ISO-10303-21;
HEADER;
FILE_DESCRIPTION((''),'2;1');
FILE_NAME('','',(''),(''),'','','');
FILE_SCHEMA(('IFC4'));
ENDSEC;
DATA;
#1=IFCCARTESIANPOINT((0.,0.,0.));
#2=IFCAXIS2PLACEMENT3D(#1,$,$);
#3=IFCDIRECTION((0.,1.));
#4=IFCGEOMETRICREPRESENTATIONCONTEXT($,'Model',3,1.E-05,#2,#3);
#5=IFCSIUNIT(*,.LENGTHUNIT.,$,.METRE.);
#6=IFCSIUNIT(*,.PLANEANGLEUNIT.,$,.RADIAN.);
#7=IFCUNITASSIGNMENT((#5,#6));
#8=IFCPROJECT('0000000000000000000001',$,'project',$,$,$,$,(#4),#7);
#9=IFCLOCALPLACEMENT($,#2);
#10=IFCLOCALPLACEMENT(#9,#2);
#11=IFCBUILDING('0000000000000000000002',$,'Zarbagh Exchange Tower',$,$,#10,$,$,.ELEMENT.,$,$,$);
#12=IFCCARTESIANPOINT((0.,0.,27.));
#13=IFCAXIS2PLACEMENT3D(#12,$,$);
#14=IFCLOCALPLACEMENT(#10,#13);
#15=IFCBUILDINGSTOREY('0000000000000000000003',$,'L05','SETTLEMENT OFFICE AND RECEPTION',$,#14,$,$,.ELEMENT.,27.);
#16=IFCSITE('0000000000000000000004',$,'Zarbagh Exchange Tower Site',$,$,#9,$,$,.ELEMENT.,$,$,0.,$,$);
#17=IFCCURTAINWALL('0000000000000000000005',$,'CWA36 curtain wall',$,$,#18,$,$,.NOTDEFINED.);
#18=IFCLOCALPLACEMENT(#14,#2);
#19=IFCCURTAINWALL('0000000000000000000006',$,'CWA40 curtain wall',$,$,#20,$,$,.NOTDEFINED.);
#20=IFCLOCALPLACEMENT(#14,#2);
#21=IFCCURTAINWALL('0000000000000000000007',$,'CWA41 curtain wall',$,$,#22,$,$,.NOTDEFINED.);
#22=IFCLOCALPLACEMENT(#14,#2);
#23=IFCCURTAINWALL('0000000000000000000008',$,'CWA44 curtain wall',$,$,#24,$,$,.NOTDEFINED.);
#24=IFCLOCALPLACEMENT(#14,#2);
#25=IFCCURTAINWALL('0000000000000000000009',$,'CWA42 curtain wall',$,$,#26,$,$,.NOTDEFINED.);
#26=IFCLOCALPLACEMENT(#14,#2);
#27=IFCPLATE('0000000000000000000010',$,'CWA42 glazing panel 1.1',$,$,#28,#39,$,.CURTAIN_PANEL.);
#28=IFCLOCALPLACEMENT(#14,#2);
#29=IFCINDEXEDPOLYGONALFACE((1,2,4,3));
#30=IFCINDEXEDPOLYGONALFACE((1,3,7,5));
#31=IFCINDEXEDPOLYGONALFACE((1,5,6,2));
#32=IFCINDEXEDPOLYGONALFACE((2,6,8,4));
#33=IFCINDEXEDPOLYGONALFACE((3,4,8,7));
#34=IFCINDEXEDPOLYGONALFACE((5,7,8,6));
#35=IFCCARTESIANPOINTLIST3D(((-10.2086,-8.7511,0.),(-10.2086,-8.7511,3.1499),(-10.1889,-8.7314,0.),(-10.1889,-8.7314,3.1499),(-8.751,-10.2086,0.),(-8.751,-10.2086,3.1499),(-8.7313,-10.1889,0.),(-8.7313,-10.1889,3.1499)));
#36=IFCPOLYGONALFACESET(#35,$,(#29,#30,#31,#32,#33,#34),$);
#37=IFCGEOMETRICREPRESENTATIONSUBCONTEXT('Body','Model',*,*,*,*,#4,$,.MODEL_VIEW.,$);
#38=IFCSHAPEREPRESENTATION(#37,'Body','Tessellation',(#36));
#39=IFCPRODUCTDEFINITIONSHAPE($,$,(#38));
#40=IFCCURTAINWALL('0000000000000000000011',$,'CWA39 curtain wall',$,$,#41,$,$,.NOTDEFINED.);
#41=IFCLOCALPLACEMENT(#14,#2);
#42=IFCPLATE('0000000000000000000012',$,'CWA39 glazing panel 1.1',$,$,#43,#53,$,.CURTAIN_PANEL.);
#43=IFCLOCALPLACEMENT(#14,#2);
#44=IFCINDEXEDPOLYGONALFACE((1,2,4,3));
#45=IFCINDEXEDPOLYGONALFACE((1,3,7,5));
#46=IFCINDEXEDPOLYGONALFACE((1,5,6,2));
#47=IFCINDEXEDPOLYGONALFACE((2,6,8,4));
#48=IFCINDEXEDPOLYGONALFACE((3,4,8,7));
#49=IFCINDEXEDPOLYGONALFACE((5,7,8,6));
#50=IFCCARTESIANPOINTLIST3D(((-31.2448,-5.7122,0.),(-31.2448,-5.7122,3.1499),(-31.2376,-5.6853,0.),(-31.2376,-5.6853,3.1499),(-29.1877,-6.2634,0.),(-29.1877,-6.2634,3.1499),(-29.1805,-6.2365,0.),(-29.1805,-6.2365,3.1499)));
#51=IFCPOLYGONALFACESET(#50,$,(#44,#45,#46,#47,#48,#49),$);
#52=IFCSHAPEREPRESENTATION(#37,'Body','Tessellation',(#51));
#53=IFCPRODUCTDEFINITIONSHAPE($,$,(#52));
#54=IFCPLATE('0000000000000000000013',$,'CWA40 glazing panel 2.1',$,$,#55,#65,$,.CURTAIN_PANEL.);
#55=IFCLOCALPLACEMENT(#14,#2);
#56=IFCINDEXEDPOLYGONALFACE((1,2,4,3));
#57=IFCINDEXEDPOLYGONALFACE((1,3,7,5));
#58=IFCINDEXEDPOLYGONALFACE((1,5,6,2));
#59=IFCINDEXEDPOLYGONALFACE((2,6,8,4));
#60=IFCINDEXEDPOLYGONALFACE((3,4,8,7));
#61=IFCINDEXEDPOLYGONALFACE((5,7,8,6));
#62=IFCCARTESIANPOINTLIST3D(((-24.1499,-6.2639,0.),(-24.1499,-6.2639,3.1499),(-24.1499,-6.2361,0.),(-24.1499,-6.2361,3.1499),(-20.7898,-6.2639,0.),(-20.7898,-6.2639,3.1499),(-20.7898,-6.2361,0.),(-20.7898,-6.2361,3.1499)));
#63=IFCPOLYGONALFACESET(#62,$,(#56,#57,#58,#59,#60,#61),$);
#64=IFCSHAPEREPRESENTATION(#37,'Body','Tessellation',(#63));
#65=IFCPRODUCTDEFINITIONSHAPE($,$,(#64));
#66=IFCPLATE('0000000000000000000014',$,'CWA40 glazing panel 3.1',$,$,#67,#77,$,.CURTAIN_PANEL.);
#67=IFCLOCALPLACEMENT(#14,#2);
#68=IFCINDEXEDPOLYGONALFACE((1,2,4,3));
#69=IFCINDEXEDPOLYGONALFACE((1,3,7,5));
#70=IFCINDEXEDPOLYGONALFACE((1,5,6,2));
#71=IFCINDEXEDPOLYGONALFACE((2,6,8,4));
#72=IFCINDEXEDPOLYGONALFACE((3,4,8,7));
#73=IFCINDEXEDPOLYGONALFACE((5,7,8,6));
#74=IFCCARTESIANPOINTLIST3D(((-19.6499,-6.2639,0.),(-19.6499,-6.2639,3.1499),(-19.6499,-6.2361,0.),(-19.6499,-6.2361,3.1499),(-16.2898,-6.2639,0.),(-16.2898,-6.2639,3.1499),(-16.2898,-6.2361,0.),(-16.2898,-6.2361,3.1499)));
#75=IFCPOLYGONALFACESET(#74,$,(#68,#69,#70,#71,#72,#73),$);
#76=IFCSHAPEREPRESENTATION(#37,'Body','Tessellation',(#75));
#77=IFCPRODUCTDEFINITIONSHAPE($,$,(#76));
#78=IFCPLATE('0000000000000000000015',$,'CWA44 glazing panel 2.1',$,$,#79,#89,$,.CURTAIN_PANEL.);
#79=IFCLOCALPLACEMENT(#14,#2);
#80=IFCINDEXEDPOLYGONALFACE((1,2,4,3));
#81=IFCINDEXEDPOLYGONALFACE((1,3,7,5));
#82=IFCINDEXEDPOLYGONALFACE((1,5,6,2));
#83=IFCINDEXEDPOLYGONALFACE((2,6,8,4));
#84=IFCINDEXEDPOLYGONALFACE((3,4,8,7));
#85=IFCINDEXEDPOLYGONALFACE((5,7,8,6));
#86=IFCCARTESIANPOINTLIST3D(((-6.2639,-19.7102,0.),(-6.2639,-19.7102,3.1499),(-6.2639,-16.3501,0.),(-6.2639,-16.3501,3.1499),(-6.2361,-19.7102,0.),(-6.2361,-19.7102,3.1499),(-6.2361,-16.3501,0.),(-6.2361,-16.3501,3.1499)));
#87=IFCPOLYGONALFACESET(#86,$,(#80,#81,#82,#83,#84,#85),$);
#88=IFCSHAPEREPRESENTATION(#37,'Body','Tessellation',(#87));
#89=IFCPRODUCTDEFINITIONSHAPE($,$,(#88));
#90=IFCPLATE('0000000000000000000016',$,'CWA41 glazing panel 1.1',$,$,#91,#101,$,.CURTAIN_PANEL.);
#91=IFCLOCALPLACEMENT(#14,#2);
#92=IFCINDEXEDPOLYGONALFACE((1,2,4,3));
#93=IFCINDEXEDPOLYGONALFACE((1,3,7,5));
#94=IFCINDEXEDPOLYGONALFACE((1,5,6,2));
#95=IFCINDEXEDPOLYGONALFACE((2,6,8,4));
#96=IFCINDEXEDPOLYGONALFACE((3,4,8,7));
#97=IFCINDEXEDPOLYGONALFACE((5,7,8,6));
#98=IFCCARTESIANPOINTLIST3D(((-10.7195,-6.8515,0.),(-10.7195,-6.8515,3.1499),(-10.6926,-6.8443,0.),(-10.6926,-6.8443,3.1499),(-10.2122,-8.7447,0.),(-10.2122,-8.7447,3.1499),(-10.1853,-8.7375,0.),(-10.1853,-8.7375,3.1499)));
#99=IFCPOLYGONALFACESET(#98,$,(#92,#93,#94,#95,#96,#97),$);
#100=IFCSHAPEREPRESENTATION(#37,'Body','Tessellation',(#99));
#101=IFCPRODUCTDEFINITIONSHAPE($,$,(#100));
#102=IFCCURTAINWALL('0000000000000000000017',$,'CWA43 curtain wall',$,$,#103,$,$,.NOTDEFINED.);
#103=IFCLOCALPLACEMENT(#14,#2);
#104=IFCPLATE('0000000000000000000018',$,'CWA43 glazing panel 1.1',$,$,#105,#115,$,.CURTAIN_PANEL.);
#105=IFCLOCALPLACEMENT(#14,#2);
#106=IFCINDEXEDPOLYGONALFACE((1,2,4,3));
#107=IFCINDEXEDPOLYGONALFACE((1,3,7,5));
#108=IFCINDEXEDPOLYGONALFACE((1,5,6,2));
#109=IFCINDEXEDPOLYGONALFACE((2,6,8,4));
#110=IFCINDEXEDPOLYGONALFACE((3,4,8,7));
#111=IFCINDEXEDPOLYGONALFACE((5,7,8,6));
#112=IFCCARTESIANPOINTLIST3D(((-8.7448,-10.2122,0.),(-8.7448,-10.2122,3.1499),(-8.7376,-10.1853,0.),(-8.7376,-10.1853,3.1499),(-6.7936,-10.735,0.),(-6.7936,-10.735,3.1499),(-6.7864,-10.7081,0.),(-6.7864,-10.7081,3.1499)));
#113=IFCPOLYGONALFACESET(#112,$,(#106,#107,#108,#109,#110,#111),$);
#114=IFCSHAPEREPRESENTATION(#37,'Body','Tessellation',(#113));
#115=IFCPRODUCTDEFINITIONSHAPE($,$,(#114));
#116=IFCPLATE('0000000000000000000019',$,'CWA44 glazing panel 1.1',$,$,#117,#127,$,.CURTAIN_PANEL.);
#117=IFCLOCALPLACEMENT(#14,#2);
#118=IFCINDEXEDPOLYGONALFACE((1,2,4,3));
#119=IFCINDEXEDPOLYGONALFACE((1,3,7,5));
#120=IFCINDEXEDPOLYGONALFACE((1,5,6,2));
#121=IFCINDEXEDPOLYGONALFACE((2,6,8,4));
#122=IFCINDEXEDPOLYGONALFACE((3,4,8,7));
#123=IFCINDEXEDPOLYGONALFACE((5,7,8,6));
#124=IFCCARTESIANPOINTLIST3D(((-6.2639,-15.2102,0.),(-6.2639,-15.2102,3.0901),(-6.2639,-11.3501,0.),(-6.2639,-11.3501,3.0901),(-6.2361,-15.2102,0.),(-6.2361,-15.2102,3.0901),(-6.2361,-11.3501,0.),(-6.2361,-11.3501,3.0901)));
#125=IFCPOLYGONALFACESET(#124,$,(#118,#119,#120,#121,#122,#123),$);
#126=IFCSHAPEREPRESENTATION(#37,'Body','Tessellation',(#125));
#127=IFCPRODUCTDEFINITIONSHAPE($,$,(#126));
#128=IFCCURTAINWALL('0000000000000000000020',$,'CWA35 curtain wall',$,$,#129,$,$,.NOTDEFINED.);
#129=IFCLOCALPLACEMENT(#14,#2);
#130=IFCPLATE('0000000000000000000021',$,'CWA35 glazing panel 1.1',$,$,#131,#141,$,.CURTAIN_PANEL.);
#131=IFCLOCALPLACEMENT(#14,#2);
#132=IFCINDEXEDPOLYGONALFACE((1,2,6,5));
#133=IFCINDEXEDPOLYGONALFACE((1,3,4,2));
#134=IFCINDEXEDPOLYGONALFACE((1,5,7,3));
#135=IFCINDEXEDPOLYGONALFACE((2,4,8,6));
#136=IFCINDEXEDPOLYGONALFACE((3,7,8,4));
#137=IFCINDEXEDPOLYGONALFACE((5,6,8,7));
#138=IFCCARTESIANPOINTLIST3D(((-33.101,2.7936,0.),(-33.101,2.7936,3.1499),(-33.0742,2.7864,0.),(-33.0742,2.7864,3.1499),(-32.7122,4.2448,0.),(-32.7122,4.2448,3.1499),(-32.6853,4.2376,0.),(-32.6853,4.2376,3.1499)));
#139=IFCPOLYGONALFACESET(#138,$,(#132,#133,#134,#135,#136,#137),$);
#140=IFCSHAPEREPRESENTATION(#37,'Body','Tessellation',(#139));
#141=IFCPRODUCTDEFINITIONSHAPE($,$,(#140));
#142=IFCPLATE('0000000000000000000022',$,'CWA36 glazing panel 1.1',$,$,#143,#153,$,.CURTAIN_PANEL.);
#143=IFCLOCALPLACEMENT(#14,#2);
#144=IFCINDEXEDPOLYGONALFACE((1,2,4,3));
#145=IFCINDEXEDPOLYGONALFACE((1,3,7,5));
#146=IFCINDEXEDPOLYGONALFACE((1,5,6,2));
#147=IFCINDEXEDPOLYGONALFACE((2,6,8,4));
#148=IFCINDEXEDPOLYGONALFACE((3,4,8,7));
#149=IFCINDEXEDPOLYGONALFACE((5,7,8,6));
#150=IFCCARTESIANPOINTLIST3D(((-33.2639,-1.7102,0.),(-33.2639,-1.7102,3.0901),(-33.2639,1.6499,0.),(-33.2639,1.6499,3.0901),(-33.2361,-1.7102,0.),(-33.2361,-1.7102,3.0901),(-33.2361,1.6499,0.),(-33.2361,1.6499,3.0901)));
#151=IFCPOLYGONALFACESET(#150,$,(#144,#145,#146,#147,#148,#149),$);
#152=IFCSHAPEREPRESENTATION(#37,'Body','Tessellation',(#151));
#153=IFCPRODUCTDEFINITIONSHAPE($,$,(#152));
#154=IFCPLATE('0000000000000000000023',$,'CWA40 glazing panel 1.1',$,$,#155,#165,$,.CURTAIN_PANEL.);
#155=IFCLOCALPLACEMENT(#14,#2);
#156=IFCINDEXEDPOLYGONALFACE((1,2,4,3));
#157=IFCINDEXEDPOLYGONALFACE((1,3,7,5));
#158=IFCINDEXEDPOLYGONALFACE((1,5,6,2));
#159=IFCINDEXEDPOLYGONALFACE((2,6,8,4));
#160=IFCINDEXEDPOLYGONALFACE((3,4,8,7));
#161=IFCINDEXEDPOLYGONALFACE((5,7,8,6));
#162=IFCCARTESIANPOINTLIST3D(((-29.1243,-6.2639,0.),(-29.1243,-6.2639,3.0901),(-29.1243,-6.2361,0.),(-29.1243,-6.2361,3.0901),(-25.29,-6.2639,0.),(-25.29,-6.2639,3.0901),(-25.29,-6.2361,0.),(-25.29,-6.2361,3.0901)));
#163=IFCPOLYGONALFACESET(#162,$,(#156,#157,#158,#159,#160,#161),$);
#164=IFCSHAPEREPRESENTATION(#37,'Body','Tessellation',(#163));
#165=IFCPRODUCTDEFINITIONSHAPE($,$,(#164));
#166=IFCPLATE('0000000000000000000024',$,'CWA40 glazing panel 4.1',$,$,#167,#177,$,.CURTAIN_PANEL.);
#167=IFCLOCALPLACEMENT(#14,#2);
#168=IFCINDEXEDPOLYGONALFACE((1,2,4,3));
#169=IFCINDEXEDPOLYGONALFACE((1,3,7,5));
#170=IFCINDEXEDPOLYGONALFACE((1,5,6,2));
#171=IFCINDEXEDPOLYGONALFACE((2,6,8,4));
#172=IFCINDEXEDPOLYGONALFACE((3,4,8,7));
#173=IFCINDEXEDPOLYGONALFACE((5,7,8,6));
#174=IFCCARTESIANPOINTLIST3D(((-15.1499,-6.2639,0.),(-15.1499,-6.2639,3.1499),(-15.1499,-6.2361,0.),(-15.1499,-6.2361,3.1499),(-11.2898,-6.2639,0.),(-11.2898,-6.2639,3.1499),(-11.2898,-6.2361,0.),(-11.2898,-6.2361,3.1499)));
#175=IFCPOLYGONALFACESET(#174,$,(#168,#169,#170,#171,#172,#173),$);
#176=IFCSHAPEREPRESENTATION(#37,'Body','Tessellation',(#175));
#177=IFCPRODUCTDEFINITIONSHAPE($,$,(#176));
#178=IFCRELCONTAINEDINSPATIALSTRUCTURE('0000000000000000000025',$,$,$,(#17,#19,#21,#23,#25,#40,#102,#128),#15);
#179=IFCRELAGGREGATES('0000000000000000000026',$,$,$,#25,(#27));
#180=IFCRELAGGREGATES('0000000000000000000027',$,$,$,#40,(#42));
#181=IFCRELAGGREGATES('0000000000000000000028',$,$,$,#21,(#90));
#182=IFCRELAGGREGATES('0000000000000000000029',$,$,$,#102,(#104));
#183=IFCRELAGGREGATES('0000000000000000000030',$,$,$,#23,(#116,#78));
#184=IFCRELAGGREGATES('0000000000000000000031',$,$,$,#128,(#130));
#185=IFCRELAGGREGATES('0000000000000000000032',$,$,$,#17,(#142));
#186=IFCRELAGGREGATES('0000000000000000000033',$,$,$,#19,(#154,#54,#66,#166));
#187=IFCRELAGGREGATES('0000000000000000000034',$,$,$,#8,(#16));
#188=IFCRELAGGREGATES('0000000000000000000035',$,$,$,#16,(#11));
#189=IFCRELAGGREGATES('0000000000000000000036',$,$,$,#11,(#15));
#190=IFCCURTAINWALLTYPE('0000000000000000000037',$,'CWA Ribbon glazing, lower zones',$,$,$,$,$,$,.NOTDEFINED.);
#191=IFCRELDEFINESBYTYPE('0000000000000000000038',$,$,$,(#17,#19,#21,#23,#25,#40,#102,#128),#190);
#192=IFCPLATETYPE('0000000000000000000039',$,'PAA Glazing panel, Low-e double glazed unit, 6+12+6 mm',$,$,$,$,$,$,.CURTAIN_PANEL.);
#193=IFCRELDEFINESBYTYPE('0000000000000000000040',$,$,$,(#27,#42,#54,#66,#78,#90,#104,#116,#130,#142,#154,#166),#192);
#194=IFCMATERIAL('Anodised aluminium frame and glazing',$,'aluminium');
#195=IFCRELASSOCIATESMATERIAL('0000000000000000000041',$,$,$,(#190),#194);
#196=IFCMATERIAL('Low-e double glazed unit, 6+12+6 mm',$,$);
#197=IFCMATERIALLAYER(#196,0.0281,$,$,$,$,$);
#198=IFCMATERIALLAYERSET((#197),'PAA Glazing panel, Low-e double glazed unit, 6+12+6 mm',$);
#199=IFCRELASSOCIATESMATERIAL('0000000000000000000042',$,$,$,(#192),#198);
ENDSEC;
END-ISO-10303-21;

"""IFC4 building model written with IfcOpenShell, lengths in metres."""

from ifc_helpers import new_model, si_unit, direction, frame, origin, place, context, subcontext, project, spatial, polyline, outline, extrude, source, transform, mapped, material, layer, layer_set, type_object, element, aggregate, save


model = new_model("IFC4")

# Units and contexts
model_context = context("Model", 3, precision=1e-05, world=origin(), true_north=direction((0.0, 1.0)))
body_context = subcontext(model_context, "Body", "Model", "MODEL_VIEW")
ifc_project = project(units=[si_unit("LENGTHUNIT", "METRE"), si_unit("PLANEANGLEUNIT", "RADIAN")], contexts=[model_context])

# Site, building, storey
site_placement = place(None, origin())
site = spatial("IfcSite", under=ifc_project, at=site_placement, Name="Zarbagh Exchange Tower Site", CompositionType="ELEMENT", RefElevation=0.0)
building_placement = place(site_placement, origin())
building = spatial("IfcBuilding", under=site, at=building_placement, Name="Zarbagh Exchange Tower", CompositionType="ELEMENT")
storey_placement = place(building_placement, frame((0.0, 0.0, 27.0)))
storey = spatial("IfcBuildingStorey", under=building, at=storey_placement, Name="L05", Description="SETTLEMENT OFFICE AND RECEPTION", CompositionType="ELEMENT", Elevation=27.0)

# Curtain wall
ifc_material_1 = material(Name="Anodised aluminium frame and glazing", Category="aluminium")
curtain_wall_type = type_object("IfcCurtainWallType", Name="CWA Ribbon glazing, lower zones", PredefinedType="NOTDEFINED", material=ifc_material_1)
curtain_wall_1_placement = place(storey_placement, origin())
curtain_wall_1 = element("IfcCurtainWall", 1, at=curtain_wall_1_placement, inside=storey, type_object=curtain_wall_type, Name="CWA36 curtain wall", PredefinedType="NOTDEFINED")
placement = place(storey_placement, origin())

# Curtain wall
curtain_wall_2_placement = place(storey_placement, origin())
curtain_wall_2 = element("IfcCurtainWall", 2, at=curtain_wall_2_placement, inside=storey, type_object=curtain_wall_type, Name="CWA40 curtain wall", PredefinedType="NOTDEFINED")

# Curtain wall
curtain_wall_3_placement = place(storey_placement, origin())
curtain_wall_3 = element("IfcCurtainWall", 3, at=curtain_wall_3_placement, inside=storey, type_object=curtain_wall_type, Name="CWA41 curtain wall", PredefinedType="NOTDEFINED")

# Curtain wall
curtain_wall_4_placement = place(storey_placement, origin())
curtain_wall_4 = element("IfcCurtainWall", 4, at=curtain_wall_4_placement, inside=storey, type_object=curtain_wall_type, Name="CWA44 curtain wall", PredefinedType="NOTDEFINED")

# Shared definitions
ifc_material_2 = material(Name="Low-e double glazed unit, 6+12+6 mm")
ifc_layer = layer(ifc_material_2, 0.0281)
ifc_layer_set = layer_set([ifc_layer], Name="PAA Glazing panel, Low-e double glazed unit, 6+12+6 mm")
plate_type = type_object("IfcPlateType", Name="PAA Glazing panel, Low-e double glazed unit, 6+12+6 mm", PredefinedType="CURTAIN_PANEL", material=ifc_layer_set)

# Curtain walls, plates
shared_shape_1 = source(origin(), body_context, "Body", "SweptSolid", [
    extrude(outline(polyline([(0.0, -0.0139), (2.0613, -0.0139), (2.0613, 0.0139), (0.0, 0.0139), (0.0, -0.0139)])), origin(), (0.0, 0.0, 1.0), 3.1499),
])
curtain_wall_5_placement = place(storey_placement, origin())
curtain_wall_5 = element("IfcCurtainWall", 5, at=curtain_wall_5_placement, inside=storey, type_object=curtain_wall_type, Name="CWA42 curtain wall", PredefinedType="NOTDEFINED")
plate_1 = element("IfcPlate", 6, at=placement, type_object=plate_type, Name="CWA42 glazing panel 1.1", PredefinedType="CURTAIN_PANEL", context=body_context, shape_type="MappedRepresentation", body=[
    mapped(shared_shape_1, transform((-10.1987, -8.7412, 0.0), x_axis=(0.707107, -0.707107, 0.0), y_axis=(0.707107, 0.707107, 0.0), z_axis=(0.0, 0.0, 1.0))),
])
aggregate(curtain_wall_5, [plate_1])
curtain_wall_6_placement = place(storey_placement, origin())
curtain_wall_6 = element("IfcCurtainWall", 7, at=curtain_wall_6_placement, inside=storey, type_object=curtain_wall_type, Name="CWA39 curtain wall", PredefinedType="NOTDEFINED")
shared_shape_2 = source(origin(), body_context, "Body", "SweptSolid", [
    extrude(outline(polyline([(0.0, -0.0139), (2.1296, -0.0139), (2.1296, 0.0139), (0.0, 0.0139), (0.0, -0.0139)])), origin(), (0.0, 0.0, 1.0), 3.1499),
])
plate_2 = element("IfcPlate", 8, at=placement, type_object=plate_type, Name="CWA39 glazing panel 1.1", PredefinedType="CURTAIN_PANEL", context=body_context, shape_type="MappedRepresentation", body=[
    mapped(shared_shape_2, transform((-31.2412, -5.6987, 0.0), x_axis=(0.965924, -0.258825, 0.0), y_axis=(0.258825, 0.965924, 0.0), z_axis=(0.0, 0.0, 1.0))),
])
aggregate(curtain_wall_6, [plate_2])

# Plates
shared_shape_3 = source(origin(), body_context, "Body", "SweptSolid", [
    extrude(outline(polyline([(0.0, -0.0139), (3.3601, -0.0139), (3.3601, 0.0139), (0.0, 0.0139), (0.0, -0.0139)])), origin(), (0.0, 0.0, 1.0), 3.1499),
])
plate_3 = element("IfcPlate", 9, at=placement, type_object=plate_type, Name="CWA40 glazing panel 2.1", PredefinedType="CURTAIN_PANEL", context=body_context, shape_type="MappedRepresentation", body=[
    mapped(shared_shape_3, transform((-24.1499, -6.25, 0.0), x_axis=(1.0, 0.0, 0.0), y_axis=(0.0, 1.0, 0.0), z_axis=(0.0, 0.0, 1.0))),
])
plate_4 = element("IfcPlate", 10, at=placement, type_object=plate_type, Name="CWA40 glazing panel 3.1", PredefinedType="CURTAIN_PANEL", context=body_context, shape_type="MappedRepresentation", body=[
    mapped(shared_shape_3, transform((-19.6499, -6.25, 0.0), x_axis=(1.0, 0.0, 0.0), y_axis=(0.0, 1.0, 0.0), z_axis=(0.0, 0.0, 1.0))),
])
plate_5 = element("IfcPlate", 11, at=placement, type_object=plate_type, Name="CWA44 glazing panel 2.1", PredefinedType="CURTAIN_PANEL", context=body_context, shape_type="MappedRepresentation", body=[
    mapped(shared_shape_3, transform((-6.25, -16.3501, 0.0), x_axis=(0.0, -1.0, 0.0), y_axis=(1.0, 0.0, 0.0), z_axis=(0.0, 0.0, 1.0))),
])
shared_shape_4 = source(origin(), body_context, "Body", "SweptSolid", [
    extrude(outline(polyline([(0.0, -0.0139), (1.96, -0.0139), (1.96, 0.0139), (0.0, 0.0139), (0.0, -0.0139)])), origin(), (0.0, 0.0, 1.0), 3.1499),
])
plate_6 = element("IfcPlate", 12, at=placement, type_object=plate_type, Name="CWA41 glazing panel 1.1", PredefinedType="CURTAIN_PANEL", context=body_context, shape_type="MappedRepresentation", body=[
    mapped(shared_shape_4, transform((-10.7061, -6.8479, 0.0), x_axis=(0.258825, -0.965924, 0.0), y_axis=(0.965924, 0.258825, 0.0), z_axis=(0.0, 0.0, 1.0))),
])
aggregate(curtain_wall_3, [plate_6])

# Curtain wall, plate
curtain_wall_7_placement = place(storey_placement, origin())
curtain_wall_7 = element("IfcCurtainWall", 13, at=curtain_wall_7_placement, inside=storey, type_object=curtain_wall_type, Name="CWA43 curtain wall", PredefinedType="NOTDEFINED")
shared_shape_5 = source(origin(), body_context, "Body", "SweptSolid", [
    extrude(outline(polyline([(0.0, -0.0139), (2.02, -0.0139), (2.02, 0.0139), (0.0, 0.0139), (0.0, -0.0139)])), origin(), (0.0, 0.0, 1.0), 3.1499),
])
plate_7 = element("IfcPlate", 14, at=placement, type_object=plate_type, Name="CWA43 glazing panel 1.1", PredefinedType="CURTAIN_PANEL", context=body_context, shape_type="MappedRepresentation", body=[
    mapped(shared_shape_5, transform((-8.7412, -10.1987, 0.0), x_axis=(0.965924, -0.258825, 0.0), y_axis=(0.258825, 0.965924, 0.0), z_axis=(0.0, 0.0, 1.0))),
])
aggregate(curtain_wall_7, [plate_7])

# Plate
shared_shape_6 = source(origin(), body_context, "Body", "SweptSolid", [
    extrude(outline(polyline([(0.0, -0.0139), (3.8601, -0.0139), (3.8601, 0.0139), (0.0, 0.0139), (0.0, -0.0139)])), origin(), (0.0, 0.0, 1.0), 3.0901),
])
plate_8 = element("IfcPlate", 15, at=placement, type_object=plate_type, Name="CWA44 glazing panel 1.1", PredefinedType="CURTAIN_PANEL", context=body_context, shape_type="MappedRepresentation", body=[
    mapped(shared_shape_6, transform((-6.25, -11.3501, 0.0), x_axis=(0.0, -1.0, 0.0), y_axis=(1.0, 0.0, 0.0), z_axis=(0.0, 0.0, 1.0))),
])
aggregate(curtain_wall_4, [plate_8, plate_5])

# Curtain wall, plate
curtain_wall_8_placement = place(storey_placement, origin())
curtain_wall_8 = element("IfcCurtainWall", 16, at=curtain_wall_8_placement, inside=storey, type_object=curtain_wall_type, Name="CWA35 curtain wall", PredefinedType="NOTDEFINED")
shared_shape_7 = source(origin(), body_context, "Body", "SweptSolid", [
    extrude(outline(polyline([(0.0, -0.0139), (1.5024, -0.0139), (1.5024, 0.0139), (0.0, 0.0139), (0.0, -0.0139)])), origin(), (0.0, 0.0, 1.0), 3.1499),
])
plate_9 = element("IfcPlate", 17, at=placement, type_object=plate_type, Name="CWA35 glazing panel 1.1", PredefinedType="CURTAIN_PANEL", context=body_context, shape_type="MappedRepresentation", body=[
    mapped(shared_shape_7, transform((-32.6987, 4.2412, 0.0), x_axis=(-0.258825, -0.965924, 0.0), y_axis=(0.965924, -0.258825, 0.0), z_axis=(0.0, 0.0, 1.0))),
])
aggregate(curtain_wall_8, [plate_9])

# Plates
shared_shape_8 = source(origin(), body_context, "Body", "SweptSolid", [
    extrude(outline(polyline([(0.0, -0.0139), (3.3601, -0.0139), (3.3601, 0.0139), (0.0, 0.0139), (0.0, -0.0139)])), origin(), (0.0, 0.0, 1.0), 3.0901),
])
plate_10 = element("IfcPlate", 18, at=placement, type_object=plate_type, Name="CWA36 glazing panel 1.1", PredefinedType="CURTAIN_PANEL", context=body_context, shape_type="MappedRepresentation", body=[
    mapped(shared_shape_8, transform((-33.25, 1.6499, 0.0), x_axis=(0.0, -1.0, 0.0), y_axis=(1.0, 0.0, 0.0), z_axis=(0.0, 0.0, 1.0))),
])
aggregate(curtain_wall_1, [plate_10])
shared_shape_9 = source(origin(), body_context, "Body", "SweptSolid", [
    extrude(outline(polyline([(0.0, -0.0139), (3.8342, -0.0139), (3.8342, 0.0139), (0.0, 0.0139), (0.0, -0.0139)])), origin(), (0.0, 0.0, 1.0), 3.0901),
])
plate_11 = element("IfcPlate", 19, at=placement, type_object=plate_type, Name="CWA40 glazing panel 1.1", PredefinedType="CURTAIN_PANEL", context=body_context, shape_type="MappedRepresentation", body=[
    mapped(shared_shape_9, transform((-29.1243, -6.25, 0.0), x_axis=(1.0, 0.0, 0.0), y_axis=(0.0, 1.0, 0.0), z_axis=(0.0, 0.0, 1.0))),
])
shared_shape_10 = source(origin(), body_context, "Body", "SweptSolid", [
    extrude(outline(polyline([(0.0, -0.0139), (3.8601, -0.0139), (3.8601, 0.0139), (0.0, 0.0139), (0.0, -0.0139)])), origin(), (0.0, 0.0, 1.0), 3.1499),
])
plate_12 = element("IfcPlate", 20, at=placement, type_object=plate_type, Name="CWA40 glazing panel 4.1", PredefinedType="CURTAIN_PANEL", context=body_context, shape_type="MappedRepresentation", body=[
    mapped(shared_shape_10, transform((-15.1499, -6.25, 0.0), x_axis=(1.0, 0.0, 0.0), y_axis=(0.0, 1.0, 0.0), z_axis=(0.0, 0.0, 1.0))),
])
aggregate(curtain_wall_2, [plate_11, plate_3, plate_4, plate_12])

save(model, "model.ifc")
